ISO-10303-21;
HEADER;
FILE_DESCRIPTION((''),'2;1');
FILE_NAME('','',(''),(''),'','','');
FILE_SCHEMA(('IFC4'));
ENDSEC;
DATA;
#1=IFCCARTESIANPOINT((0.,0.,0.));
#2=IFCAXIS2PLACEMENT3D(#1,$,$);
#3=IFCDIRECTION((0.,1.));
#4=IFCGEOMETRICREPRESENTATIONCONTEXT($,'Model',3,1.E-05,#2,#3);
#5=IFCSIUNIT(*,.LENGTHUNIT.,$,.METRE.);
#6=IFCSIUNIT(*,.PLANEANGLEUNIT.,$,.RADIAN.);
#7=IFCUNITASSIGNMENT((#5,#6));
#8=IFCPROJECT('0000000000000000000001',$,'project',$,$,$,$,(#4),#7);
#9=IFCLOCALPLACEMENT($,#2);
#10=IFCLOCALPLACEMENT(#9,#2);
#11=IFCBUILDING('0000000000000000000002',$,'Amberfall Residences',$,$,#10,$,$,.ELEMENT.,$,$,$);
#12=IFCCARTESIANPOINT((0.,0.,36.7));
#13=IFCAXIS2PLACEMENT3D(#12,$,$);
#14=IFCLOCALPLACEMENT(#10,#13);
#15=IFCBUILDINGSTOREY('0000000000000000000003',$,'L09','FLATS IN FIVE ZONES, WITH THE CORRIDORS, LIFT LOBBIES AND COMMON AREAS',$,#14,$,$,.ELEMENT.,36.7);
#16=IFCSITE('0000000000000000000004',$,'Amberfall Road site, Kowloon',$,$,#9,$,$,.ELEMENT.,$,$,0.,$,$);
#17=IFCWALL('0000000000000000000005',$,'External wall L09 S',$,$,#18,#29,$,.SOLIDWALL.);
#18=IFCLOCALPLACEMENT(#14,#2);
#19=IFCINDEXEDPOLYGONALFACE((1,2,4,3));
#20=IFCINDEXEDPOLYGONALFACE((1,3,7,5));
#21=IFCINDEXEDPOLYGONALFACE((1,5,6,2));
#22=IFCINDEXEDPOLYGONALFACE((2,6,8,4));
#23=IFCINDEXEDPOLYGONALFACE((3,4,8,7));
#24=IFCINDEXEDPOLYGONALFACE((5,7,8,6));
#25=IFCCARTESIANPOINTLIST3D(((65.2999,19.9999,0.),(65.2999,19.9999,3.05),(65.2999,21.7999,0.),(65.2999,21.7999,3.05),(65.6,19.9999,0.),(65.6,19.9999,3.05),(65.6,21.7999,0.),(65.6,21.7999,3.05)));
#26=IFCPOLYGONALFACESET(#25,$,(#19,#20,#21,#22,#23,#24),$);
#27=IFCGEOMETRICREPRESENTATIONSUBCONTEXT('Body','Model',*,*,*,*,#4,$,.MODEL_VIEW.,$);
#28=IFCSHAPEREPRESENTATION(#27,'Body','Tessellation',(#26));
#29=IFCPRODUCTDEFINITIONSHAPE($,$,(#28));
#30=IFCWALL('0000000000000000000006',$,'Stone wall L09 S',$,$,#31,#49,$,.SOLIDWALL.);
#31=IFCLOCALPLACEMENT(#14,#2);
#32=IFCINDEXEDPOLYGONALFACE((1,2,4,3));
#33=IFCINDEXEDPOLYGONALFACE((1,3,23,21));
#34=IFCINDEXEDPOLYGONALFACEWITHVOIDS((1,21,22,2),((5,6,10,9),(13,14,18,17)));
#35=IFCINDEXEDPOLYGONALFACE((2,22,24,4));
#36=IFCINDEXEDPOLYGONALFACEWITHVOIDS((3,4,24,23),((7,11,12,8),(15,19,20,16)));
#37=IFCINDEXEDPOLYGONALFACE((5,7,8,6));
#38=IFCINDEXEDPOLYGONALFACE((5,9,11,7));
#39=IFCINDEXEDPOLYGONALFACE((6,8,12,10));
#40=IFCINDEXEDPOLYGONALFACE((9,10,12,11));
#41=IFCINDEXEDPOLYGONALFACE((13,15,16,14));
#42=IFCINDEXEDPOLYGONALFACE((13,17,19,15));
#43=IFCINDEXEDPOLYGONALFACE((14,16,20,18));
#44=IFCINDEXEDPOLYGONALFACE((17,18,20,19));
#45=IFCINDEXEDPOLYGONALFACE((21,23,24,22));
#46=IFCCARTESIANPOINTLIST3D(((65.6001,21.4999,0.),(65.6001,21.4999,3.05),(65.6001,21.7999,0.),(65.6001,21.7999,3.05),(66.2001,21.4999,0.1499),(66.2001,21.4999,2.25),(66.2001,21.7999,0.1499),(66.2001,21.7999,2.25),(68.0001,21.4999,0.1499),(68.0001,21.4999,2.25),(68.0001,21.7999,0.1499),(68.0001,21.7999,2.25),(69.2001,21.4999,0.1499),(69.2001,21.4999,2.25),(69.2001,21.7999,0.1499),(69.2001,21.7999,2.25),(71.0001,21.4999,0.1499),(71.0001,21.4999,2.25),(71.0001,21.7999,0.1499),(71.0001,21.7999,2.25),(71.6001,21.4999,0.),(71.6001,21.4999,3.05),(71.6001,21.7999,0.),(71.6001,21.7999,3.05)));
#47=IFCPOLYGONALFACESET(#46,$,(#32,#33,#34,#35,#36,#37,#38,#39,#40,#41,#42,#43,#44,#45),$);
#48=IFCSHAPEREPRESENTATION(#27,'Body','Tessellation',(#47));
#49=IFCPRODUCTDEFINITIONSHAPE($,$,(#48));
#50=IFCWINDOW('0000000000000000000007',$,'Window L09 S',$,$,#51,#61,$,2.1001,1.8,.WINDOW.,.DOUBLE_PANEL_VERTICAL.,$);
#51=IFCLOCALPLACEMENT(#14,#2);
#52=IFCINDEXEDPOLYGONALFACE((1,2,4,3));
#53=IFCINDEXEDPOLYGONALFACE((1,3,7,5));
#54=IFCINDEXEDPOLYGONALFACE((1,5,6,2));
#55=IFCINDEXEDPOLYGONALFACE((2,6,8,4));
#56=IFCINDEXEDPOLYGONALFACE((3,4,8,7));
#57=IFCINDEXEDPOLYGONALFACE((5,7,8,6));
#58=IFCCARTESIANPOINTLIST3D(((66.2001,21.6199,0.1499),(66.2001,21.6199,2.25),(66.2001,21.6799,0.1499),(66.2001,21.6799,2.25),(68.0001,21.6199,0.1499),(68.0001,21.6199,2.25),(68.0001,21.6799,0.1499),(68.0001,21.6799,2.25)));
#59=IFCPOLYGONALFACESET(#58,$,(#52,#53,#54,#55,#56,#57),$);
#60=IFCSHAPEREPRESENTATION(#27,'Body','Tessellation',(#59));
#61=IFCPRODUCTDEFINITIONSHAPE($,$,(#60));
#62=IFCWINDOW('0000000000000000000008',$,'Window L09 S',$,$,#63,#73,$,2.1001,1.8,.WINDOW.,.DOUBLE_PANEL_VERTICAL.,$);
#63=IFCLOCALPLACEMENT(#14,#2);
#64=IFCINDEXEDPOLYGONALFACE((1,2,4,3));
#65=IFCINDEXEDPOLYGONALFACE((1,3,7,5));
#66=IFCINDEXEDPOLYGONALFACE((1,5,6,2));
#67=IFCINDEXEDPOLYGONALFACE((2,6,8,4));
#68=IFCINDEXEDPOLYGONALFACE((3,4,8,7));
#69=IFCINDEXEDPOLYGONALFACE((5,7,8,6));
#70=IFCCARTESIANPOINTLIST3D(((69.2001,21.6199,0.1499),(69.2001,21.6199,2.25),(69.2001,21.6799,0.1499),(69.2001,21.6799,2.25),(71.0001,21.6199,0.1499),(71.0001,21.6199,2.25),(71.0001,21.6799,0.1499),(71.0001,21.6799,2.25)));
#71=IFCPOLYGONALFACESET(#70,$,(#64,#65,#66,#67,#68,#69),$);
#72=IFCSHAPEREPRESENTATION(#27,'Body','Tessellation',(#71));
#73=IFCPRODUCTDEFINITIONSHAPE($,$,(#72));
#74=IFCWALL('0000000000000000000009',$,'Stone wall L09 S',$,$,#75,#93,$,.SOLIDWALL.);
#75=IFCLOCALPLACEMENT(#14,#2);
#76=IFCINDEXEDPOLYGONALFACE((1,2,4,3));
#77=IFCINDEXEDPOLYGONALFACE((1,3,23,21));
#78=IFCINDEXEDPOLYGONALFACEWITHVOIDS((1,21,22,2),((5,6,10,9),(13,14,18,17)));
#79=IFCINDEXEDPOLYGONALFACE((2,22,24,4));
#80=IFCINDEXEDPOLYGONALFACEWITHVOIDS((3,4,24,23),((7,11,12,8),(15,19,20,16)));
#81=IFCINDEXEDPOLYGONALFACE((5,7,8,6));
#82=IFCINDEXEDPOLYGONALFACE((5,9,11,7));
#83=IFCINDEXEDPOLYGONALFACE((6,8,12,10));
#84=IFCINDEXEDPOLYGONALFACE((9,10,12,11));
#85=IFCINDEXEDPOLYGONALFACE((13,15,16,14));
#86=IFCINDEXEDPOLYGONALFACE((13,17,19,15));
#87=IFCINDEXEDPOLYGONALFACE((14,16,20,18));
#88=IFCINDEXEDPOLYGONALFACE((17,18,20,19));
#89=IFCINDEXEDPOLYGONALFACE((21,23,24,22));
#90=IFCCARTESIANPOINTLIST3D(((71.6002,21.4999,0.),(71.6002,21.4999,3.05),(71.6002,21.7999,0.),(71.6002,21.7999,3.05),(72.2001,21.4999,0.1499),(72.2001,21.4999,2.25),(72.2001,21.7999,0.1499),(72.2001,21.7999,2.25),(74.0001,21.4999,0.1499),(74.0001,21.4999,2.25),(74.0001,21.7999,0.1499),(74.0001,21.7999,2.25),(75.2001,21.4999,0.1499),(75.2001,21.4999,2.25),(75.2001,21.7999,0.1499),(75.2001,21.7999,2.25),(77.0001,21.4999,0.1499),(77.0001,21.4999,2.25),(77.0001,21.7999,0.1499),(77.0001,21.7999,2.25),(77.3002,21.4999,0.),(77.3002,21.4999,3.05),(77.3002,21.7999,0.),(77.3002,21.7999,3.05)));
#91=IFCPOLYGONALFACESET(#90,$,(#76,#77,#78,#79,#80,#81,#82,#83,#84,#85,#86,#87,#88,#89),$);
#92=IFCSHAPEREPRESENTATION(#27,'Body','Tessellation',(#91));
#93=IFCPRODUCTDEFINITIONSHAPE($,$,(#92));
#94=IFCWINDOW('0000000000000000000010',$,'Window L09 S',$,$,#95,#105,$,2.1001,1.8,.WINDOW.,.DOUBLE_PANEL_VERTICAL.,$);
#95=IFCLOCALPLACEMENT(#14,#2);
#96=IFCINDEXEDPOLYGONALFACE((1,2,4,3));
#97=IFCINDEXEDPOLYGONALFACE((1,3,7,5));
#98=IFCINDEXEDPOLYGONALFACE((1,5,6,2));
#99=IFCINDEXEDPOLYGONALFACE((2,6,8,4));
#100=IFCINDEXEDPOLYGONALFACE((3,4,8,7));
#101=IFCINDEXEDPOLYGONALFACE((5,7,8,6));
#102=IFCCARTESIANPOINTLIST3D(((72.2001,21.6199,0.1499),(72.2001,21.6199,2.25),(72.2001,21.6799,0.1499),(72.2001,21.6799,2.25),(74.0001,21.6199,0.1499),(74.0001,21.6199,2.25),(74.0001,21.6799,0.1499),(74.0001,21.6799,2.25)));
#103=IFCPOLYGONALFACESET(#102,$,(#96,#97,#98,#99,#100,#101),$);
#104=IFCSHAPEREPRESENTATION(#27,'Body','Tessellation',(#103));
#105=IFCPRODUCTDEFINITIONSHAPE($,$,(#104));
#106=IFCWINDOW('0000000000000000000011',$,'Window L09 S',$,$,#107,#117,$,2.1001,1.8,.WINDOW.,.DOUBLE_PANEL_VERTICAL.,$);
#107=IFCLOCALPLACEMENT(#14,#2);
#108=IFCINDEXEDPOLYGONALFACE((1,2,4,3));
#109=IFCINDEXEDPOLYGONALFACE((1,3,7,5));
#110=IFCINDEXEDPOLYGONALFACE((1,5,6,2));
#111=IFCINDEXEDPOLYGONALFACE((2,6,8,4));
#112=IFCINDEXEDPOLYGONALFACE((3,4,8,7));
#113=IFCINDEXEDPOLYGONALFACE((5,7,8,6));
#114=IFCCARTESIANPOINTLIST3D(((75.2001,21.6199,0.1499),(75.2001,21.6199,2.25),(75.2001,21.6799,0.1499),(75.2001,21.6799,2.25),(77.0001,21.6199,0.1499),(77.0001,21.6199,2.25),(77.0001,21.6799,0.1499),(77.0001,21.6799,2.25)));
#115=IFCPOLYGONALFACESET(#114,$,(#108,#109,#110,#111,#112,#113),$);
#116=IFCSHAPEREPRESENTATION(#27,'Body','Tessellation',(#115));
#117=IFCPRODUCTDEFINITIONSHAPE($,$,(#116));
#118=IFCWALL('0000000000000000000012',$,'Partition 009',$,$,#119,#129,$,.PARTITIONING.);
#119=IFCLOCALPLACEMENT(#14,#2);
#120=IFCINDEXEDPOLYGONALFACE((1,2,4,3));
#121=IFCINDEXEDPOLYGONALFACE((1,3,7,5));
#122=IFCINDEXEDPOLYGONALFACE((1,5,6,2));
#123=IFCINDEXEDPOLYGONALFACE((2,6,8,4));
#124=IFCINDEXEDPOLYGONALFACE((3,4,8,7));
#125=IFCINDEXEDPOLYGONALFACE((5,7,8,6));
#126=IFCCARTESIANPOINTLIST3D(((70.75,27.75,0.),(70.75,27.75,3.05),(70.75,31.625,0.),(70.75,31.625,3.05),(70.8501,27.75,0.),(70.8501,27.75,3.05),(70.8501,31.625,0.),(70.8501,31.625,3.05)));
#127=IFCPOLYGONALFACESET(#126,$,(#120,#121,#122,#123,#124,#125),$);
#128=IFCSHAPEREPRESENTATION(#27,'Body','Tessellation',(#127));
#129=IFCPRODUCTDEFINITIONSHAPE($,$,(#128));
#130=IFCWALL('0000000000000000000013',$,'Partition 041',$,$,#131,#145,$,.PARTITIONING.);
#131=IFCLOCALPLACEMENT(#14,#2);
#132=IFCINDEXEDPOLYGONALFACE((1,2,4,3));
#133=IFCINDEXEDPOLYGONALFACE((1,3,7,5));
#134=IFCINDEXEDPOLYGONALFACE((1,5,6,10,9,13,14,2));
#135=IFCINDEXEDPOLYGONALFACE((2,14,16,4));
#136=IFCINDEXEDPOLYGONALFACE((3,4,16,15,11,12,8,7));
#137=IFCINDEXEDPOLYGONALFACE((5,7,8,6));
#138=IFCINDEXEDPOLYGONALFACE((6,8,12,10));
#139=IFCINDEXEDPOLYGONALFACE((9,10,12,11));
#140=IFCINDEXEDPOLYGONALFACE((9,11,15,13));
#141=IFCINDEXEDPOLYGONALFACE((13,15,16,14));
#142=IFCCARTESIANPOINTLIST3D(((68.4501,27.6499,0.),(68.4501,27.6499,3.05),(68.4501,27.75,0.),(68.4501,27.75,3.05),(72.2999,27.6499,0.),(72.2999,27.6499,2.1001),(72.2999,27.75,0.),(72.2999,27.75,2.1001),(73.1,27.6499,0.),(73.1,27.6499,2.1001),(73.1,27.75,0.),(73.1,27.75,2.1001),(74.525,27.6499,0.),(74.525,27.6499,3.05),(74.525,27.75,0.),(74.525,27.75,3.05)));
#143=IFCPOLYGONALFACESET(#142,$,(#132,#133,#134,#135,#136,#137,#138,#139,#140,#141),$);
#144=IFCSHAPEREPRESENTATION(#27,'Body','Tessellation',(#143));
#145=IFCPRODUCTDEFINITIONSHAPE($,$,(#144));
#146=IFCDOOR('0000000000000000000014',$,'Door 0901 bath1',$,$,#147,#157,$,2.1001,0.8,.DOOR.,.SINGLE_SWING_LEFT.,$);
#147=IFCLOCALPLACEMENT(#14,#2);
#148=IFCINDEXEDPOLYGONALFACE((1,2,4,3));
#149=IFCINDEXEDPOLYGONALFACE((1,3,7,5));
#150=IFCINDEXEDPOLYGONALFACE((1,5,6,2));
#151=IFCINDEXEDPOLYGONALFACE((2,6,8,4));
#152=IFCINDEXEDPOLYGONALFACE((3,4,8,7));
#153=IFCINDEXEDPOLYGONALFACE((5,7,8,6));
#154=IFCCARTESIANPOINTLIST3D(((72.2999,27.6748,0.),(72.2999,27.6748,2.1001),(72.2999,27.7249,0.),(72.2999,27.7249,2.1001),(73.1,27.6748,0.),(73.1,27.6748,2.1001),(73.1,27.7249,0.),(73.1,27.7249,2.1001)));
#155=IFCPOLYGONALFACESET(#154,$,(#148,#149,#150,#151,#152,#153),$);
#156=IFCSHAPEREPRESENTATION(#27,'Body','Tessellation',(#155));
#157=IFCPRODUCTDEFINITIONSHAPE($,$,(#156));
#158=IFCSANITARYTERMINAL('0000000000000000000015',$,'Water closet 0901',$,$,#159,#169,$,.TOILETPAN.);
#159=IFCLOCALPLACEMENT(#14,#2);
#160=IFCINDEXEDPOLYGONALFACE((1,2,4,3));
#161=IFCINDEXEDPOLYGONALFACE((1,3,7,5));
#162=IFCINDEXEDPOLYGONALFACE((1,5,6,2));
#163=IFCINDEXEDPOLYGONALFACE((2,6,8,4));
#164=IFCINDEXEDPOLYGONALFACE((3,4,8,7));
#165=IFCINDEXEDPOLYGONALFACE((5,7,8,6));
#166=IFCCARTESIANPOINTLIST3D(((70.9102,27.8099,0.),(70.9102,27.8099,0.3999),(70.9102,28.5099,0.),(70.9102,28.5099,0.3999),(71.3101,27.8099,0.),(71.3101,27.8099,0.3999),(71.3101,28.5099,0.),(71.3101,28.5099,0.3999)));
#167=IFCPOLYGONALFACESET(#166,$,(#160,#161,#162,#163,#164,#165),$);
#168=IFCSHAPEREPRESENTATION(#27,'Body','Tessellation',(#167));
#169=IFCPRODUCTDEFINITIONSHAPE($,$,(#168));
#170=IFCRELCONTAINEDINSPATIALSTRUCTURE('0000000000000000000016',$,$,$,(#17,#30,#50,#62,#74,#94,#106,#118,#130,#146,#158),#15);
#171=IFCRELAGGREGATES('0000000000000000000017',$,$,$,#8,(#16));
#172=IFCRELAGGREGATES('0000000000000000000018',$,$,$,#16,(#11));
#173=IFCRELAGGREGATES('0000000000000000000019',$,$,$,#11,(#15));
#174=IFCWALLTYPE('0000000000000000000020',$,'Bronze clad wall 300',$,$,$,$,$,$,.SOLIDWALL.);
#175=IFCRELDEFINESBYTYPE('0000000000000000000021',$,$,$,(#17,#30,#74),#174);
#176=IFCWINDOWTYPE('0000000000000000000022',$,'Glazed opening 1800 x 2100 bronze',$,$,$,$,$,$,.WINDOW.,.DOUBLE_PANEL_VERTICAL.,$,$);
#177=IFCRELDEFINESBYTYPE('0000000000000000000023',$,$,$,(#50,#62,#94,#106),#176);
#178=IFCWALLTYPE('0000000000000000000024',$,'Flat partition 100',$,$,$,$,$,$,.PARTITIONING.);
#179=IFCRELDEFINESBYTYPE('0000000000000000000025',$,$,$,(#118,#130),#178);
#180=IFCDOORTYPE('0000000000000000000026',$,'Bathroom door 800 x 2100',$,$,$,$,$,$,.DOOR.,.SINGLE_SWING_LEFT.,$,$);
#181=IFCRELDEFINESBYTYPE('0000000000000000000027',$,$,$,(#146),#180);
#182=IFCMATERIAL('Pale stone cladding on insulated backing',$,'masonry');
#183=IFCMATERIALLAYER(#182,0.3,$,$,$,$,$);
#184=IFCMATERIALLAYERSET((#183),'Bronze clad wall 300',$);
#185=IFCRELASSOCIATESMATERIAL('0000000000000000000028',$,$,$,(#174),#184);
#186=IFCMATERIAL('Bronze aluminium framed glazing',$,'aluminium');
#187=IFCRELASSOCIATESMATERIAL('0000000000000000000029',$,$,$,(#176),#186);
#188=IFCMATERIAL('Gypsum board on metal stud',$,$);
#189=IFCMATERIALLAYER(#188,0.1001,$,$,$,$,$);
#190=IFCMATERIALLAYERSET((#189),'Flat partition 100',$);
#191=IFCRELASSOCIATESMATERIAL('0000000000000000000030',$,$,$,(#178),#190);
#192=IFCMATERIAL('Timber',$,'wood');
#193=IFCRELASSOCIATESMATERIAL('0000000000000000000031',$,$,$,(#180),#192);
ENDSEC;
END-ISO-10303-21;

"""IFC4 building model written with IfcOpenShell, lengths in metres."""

from ifc_helpers import new_model, si_unit, direction, frame, frame_2d, origin, origin_2d, place, context, subcontext, project, spatial, rectangle, extrude, material, layer, layer_set, type_object, element, fill, save


model = new_model("IFC4")

# Units and contexts
model_context = context("Model", 3, precision=1e-05, world=origin(), true_north=direction((0.0, 1.0)))
body_context = subcontext(model_context, "Body", "Model", "MODEL_VIEW")
ifc_project = project(units=[si_unit("LENGTHUNIT", "METRE"), si_unit("PLANEANGLEUNIT", "RADIAN")], contexts=[model_context])

# Site, building, storey
site_placement = place(None, origin())
site = spatial("IfcSite", under=ifc_project, at=site_placement, Name="Amberfall Road site, Kowloon", CompositionType="ELEMENT", RefElevation=0.0)
building_placement = place(site_placement, origin())
building = spatial("IfcBuilding", under=site, at=building_placement, Name="Amberfall Residences", CompositionType="ELEMENT")
storey_placement = place(building_placement, frame((0.0, 0.0, 36.7)))
storey = spatial("IfcBuildingStorey", under=building, at=storey_placement, Name="L09", Description="FLATS IN FIVE ZONES, WITH THE CORRIDORS, LIFT LOBBIES AND COMMON AREAS", CompositionType="ELEMENT", Elevation=36.7)

# Wall
ifc_material_1 = material(Name="Pale stone cladding on insulated backing", Category="masonry")
ifc_layer_1 = layer(ifc_material_1, 0.3)
ifc_layer_set_1 = layer_set([ifc_layer_1], Name="Bronze clad wall 300")
wall_type_1 = type_object("IfcWallType", Name="Bronze clad wall 300", PredefinedType="SOLIDWALL", material=ifc_layer_set_1)
wall_1_placement = place(storey_placement, frame((65.45, 20.0, 0.0), z_axis=(0.0, 0.0, 1.0), x_axis=(0.0, 1.0, 0.0)))
element("IfcWall", 1, at=wall_1_placement, inside=storey, type_object=wall_type_1, Name="External wall L09 S", PredefinedType="SOLIDWALL", context=body_context, shape_type="SweptSolid", body=[
    extrude(rectangle(XDim=1.8, YDim=0.3, at=frame_2d((0.8999, 0.0))), origin(), (0.0, 0.0, 1.0), 3.05),
])

# Walls, openings, windows
wall_2_placement = place(storey_placement, frame((65.6001, 21.6499, 0.0), z_axis=(0.0, 0.0, 1.0), x_axis=(1.0, 0.0, 0.0)))
wall_2 = element("IfcWall", 2, at=wall_2_placement, inside=storey, type_object=wall_type_1, Name="Stone wall L09 S", PredefinedType="SOLIDWALL", context=body_context, shape_type="SweptSolid", body=[
    extrude(rectangle(XDim=6.0, YDim=0.3, at=frame_2d((3.0, 0.0))), origin(), (0.0, 0.0, 1.0), 3.05),
])
opening_1_placement = place(wall_2_placement, frame((0.6001, 0.0, 0.1499)))
opening_1 = element("IfcOpeningElement", 3, at=opening_1_placement, cuts=wall_2, PredefinedType="OPENING", context=body_context, shape_type="SweptSolid", body=[
    extrude(rectangle(XDim=1.8, YDim=2.1001, at=frame_2d((0.8999, 1.05))), frame((0.0, 0.1599, 0.0), z_axis=(0.0, -1.0, 0.0), x_axis=(1.0, 0.0, 0.0)), (0.0, 0.0, 1.0), 0.3201),
])
opening_2_placement = place(wall_2_placement, frame((3.6001, 0.0, 0.1499)))
opening_2 = element("IfcOpeningElement", 4, at=opening_2_placement, cuts=wall_2, PredefinedType="OPENING", context=body_context, shape_type="SweptSolid", body=[
    extrude(rectangle(XDim=1.8, YDim=2.1001, at=frame_2d((0.8999, 1.05))), frame((0.0, 0.1599, 0.0), z_axis=(0.0, -1.0, 0.0), x_axis=(1.0, 0.0, 0.0)), (0.0, 0.0, 1.0), 0.3201),
])
ifc_material_2 = material(Name="Bronze aluminium framed glazing", Category="aluminium")
window_type = type_object("IfcWindowType", Name="Glazed opening 1800 x 2100 bronze", PartitioningType="DOUBLE_PANEL_VERTICAL", PredefinedType="WINDOW", material=ifc_material_2)
window_1_placement = place(opening_1_placement, origin())
window_1 = element("IfcWindow", 5, at=window_1_placement, inside=storey, type_object=window_type, Name="Window L09 S", OverallHeight=2.1001, OverallWidth=1.8, PartitioningType="DOUBLE_PANEL_VERTICAL", PredefinedType="WINDOW", context=body_context, shape_type="SweptSolid", body=[
    extrude(rectangle(XDim=1.8, YDim=2.1001, at=frame_2d((0.8999, 1.05))), frame((0.0, 0.03, 0.0), z_axis=(0.0, -1.0, 0.0), x_axis=(1.0, 0.0, 0.0)), (0.0, 0.0, 1.0), 0.0601),
])
fill(opening_1, window_1)
window_2_placement = place(opening_2_placement, origin())
window_2 = element("IfcWindow", 6, at=window_2_placement, inside=storey, type_object=window_type, Name="Window L09 S", OverallHeight=2.1001, OverallWidth=1.8, PartitioningType="DOUBLE_PANEL_VERTICAL", PredefinedType="WINDOW", context=body_context, shape_type="SweptSolid", body=[
    extrude(rectangle(XDim=1.8, YDim=2.1001, at=frame_2d((0.8999, 1.05))), frame((0.0, 0.03, 0.0), z_axis=(0.0, -1.0, 0.0), x_axis=(1.0, 0.0, 0.0)), (0.0, 0.0, 1.0), 0.0601),
])
fill(opening_2, window_2)
wall_3_placement = place(storey_placement, frame((71.6001, 21.6499, 0.0), z_axis=(0.0, 0.0, 1.0), x_axis=(1.0, 0.0, 0.0)))
wall_3 = element("IfcWall", 7, at=wall_3_placement, inside=storey, type_object=wall_type_1, Name="Stone wall L09 S", PredefinedType="SOLIDWALL", context=body_context, shape_type="SweptSolid", body=[
    extrude(rectangle(XDim=5.7, YDim=0.3, at=frame_2d((2.8501, 0.0))), origin(), (0.0, 0.0, 1.0), 3.05),
])
opening_3_placement = place(wall_3_placement, frame((0.6001, 0.0, 0.1499)))
opening_3 = element("IfcOpeningElement", 8, at=opening_3_placement, cuts=wall_3, PredefinedType="OPENING", context=body_context, shape_type="SweptSolid", body=[
    extrude(rectangle(XDim=1.8, YDim=2.1001, at=frame_2d((0.8999, 1.05))), frame((0.0, 0.1599, 0.0), z_axis=(0.0, -1.0, 0.0), x_axis=(1.0, 0.0, 0.0)), (0.0, 0.0, 1.0), 0.3201),
])
opening_4_placement = place(wall_3_placement, frame((3.6001, 0.0, 0.1499)))
opening_4 = element("IfcOpeningElement", 9, at=opening_4_placement, cuts=wall_3, PredefinedType="OPENING", context=body_context, shape_type="SweptSolid", body=[
    extrude(rectangle(XDim=1.8, YDim=2.1001, at=frame_2d((0.8999, 1.05))), frame((0.0, 0.1599, 0.0), z_axis=(0.0, -1.0, 0.0), x_axis=(1.0, 0.0, 0.0)), (0.0, 0.0, 1.0), 0.3201),
])
window_3_placement = place(opening_3_placement, origin())
window_3 = element("IfcWindow", 10, at=window_3_placement, inside=storey, type_object=window_type, Name="Window L09 S", OverallHeight=2.1001, OverallWidth=1.8, PartitioningType="DOUBLE_PANEL_VERTICAL", PredefinedType="WINDOW", context=body_context, shape_type="SweptSolid", body=[
    extrude(rectangle(XDim=1.8, YDim=2.1001, at=frame_2d((0.8999, 1.05))), frame((0.0, 0.03, 0.0), z_axis=(0.0, -1.0, 0.0), x_axis=(1.0, 0.0, 0.0)), (0.0, 0.0, 1.0), 0.0601),
])
fill(opening_3, window_3)
window_4_placement = place(opening_4_placement, origin())
window_4 = element("IfcWindow", 11, at=window_4_placement, inside=storey, type_object=window_type, Name="Window L09 S", OverallHeight=2.1001, OverallWidth=1.8, PartitioningType="DOUBLE_PANEL_VERTICAL", PredefinedType="WINDOW", context=body_context, shape_type="SweptSolid", body=[
    extrude(rectangle(XDim=1.8, YDim=2.1001, at=frame_2d((0.8999, 1.05))), frame((0.0, 0.03, 0.0), z_axis=(0.0, -1.0, 0.0), x_axis=(1.0, 0.0, 0.0)), (0.0, 0.0, 1.0), 0.0601),
])
fill(opening_4, window_4)

# Wall
ifc_material_3 = material(Name="Gypsum board on metal stud")
ifc_layer_2 = layer(ifc_material_3, 0.1001)
ifc_layer_set_2 = layer_set([ifc_layer_2], Name="Flat partition 100")
wall_type_2 = type_object("IfcWallType", Name="Flat partition 100", PredefinedType="PARTITIONING", material=ifc_layer_set_2)
wall_4_placement = place(storey_placement, frame((70.8, 27.75, 0.0), z_axis=(0.0, 0.0, 1.0), x_axis=(0.0, 1.0, 0.0)))
element("IfcWall", 12, at=wall_4_placement, inside=storey, type_object=wall_type_2, Name="Partition 009", PredefinedType="PARTITIONING", context=body_context, shape_type="SweptSolid", body=[
    extrude(rectangle(XDim=3.875, YDim=0.1001, at=frame_2d((1.9375, 0.0))), origin(), (0.0, 0.0, 1.0), 3.05),
])

# Wall, opening, door
wall_5_placement = place(storey_placement, frame((68.45, 27.7, 0.0), z_axis=(0.0, 0.0, 1.0), x_axis=(1.0, 0.0, 0.0)))
wall_5 = element("IfcWall", 13, at=wall_5_placement, inside=storey, type_object=wall_type_2, Name="Partition 041", PredefinedType="PARTITIONING", context=body_context, shape_type="SweptSolid", body=[
    extrude(rectangle(XDim=6.075, YDim=0.1001, at=frame_2d((3.0376, 0.0))), origin(), (0.0, 0.0, 1.0), 3.05),
])
opening_5_placement = place(wall_5_placement, frame((3.8501, 0.0, 0.0)))
opening_5 = element("IfcOpeningElement", 14, at=opening_5_placement, cuts=wall_5, PredefinedType="OPENING", context=body_context, shape_type="SweptSolid", body=[
    extrude(rectangle(XDim=0.8, YDim=2.1001, at=frame_2d((0.3999, 1.05))), frame((0.0, 0.0601, 0.0), z_axis=(0.0, -1.0, 0.0), x_axis=(1.0, 0.0, 0.0)), (0.0, 0.0, 1.0), 0.1201),
])
ifc_material_4 = material(Name="Timber", Category="wood")
door_type = type_object("IfcDoorType", Name="Bathroom door 800 x 2100", OperationType="SINGLE_SWING_LEFT", PredefinedType="DOOR", material=ifc_material_4)
door_placement = place(opening_5_placement, origin())
door = element("IfcDoor", 15, at=door_placement, inside=storey, type_object=door_type, Name="Door 0901 bath1", OperationType="SINGLE_SWING_LEFT", OverallHeight=2.1001, OverallWidth=0.8, PredefinedType="DOOR", context=body_context, shape_type="SweptSolid", body=[
    extrude(rectangle(XDim=0.8, YDim=2.1001, at=frame_2d((0.3999, 1.05))), frame((0.0, 0.0249, 0.0), z_axis=(0.0, -1.0, 0.0), x_axis=(1.0, 0.0, 0.0)), (0.0, 0.0, 1.0), 0.05),
])
fill(opening_5, door)

# Sanitary terminal
sanitary_terminal_placement = place(storey_placement, frame((71.1101, 28.1599, 0.0), z_axis=(0.0, 0.0, 1.0), x_axis=(1.0, 0.0, 0.0)))
element("IfcSanitaryTerminal", 16, at=sanitary_terminal_placement, inside=storey, Name="Water closet 0901", PredefinedType="TOILETPAN", context=body_context, shape_type="SweptSolid", body=[
    extrude(rectangle(XDim=0.3999, YDim=0.7, at=origin_2d()), origin(), (0.0, 0.0, 1.0), 0.3999),
])

save(model, "model.ifc")
